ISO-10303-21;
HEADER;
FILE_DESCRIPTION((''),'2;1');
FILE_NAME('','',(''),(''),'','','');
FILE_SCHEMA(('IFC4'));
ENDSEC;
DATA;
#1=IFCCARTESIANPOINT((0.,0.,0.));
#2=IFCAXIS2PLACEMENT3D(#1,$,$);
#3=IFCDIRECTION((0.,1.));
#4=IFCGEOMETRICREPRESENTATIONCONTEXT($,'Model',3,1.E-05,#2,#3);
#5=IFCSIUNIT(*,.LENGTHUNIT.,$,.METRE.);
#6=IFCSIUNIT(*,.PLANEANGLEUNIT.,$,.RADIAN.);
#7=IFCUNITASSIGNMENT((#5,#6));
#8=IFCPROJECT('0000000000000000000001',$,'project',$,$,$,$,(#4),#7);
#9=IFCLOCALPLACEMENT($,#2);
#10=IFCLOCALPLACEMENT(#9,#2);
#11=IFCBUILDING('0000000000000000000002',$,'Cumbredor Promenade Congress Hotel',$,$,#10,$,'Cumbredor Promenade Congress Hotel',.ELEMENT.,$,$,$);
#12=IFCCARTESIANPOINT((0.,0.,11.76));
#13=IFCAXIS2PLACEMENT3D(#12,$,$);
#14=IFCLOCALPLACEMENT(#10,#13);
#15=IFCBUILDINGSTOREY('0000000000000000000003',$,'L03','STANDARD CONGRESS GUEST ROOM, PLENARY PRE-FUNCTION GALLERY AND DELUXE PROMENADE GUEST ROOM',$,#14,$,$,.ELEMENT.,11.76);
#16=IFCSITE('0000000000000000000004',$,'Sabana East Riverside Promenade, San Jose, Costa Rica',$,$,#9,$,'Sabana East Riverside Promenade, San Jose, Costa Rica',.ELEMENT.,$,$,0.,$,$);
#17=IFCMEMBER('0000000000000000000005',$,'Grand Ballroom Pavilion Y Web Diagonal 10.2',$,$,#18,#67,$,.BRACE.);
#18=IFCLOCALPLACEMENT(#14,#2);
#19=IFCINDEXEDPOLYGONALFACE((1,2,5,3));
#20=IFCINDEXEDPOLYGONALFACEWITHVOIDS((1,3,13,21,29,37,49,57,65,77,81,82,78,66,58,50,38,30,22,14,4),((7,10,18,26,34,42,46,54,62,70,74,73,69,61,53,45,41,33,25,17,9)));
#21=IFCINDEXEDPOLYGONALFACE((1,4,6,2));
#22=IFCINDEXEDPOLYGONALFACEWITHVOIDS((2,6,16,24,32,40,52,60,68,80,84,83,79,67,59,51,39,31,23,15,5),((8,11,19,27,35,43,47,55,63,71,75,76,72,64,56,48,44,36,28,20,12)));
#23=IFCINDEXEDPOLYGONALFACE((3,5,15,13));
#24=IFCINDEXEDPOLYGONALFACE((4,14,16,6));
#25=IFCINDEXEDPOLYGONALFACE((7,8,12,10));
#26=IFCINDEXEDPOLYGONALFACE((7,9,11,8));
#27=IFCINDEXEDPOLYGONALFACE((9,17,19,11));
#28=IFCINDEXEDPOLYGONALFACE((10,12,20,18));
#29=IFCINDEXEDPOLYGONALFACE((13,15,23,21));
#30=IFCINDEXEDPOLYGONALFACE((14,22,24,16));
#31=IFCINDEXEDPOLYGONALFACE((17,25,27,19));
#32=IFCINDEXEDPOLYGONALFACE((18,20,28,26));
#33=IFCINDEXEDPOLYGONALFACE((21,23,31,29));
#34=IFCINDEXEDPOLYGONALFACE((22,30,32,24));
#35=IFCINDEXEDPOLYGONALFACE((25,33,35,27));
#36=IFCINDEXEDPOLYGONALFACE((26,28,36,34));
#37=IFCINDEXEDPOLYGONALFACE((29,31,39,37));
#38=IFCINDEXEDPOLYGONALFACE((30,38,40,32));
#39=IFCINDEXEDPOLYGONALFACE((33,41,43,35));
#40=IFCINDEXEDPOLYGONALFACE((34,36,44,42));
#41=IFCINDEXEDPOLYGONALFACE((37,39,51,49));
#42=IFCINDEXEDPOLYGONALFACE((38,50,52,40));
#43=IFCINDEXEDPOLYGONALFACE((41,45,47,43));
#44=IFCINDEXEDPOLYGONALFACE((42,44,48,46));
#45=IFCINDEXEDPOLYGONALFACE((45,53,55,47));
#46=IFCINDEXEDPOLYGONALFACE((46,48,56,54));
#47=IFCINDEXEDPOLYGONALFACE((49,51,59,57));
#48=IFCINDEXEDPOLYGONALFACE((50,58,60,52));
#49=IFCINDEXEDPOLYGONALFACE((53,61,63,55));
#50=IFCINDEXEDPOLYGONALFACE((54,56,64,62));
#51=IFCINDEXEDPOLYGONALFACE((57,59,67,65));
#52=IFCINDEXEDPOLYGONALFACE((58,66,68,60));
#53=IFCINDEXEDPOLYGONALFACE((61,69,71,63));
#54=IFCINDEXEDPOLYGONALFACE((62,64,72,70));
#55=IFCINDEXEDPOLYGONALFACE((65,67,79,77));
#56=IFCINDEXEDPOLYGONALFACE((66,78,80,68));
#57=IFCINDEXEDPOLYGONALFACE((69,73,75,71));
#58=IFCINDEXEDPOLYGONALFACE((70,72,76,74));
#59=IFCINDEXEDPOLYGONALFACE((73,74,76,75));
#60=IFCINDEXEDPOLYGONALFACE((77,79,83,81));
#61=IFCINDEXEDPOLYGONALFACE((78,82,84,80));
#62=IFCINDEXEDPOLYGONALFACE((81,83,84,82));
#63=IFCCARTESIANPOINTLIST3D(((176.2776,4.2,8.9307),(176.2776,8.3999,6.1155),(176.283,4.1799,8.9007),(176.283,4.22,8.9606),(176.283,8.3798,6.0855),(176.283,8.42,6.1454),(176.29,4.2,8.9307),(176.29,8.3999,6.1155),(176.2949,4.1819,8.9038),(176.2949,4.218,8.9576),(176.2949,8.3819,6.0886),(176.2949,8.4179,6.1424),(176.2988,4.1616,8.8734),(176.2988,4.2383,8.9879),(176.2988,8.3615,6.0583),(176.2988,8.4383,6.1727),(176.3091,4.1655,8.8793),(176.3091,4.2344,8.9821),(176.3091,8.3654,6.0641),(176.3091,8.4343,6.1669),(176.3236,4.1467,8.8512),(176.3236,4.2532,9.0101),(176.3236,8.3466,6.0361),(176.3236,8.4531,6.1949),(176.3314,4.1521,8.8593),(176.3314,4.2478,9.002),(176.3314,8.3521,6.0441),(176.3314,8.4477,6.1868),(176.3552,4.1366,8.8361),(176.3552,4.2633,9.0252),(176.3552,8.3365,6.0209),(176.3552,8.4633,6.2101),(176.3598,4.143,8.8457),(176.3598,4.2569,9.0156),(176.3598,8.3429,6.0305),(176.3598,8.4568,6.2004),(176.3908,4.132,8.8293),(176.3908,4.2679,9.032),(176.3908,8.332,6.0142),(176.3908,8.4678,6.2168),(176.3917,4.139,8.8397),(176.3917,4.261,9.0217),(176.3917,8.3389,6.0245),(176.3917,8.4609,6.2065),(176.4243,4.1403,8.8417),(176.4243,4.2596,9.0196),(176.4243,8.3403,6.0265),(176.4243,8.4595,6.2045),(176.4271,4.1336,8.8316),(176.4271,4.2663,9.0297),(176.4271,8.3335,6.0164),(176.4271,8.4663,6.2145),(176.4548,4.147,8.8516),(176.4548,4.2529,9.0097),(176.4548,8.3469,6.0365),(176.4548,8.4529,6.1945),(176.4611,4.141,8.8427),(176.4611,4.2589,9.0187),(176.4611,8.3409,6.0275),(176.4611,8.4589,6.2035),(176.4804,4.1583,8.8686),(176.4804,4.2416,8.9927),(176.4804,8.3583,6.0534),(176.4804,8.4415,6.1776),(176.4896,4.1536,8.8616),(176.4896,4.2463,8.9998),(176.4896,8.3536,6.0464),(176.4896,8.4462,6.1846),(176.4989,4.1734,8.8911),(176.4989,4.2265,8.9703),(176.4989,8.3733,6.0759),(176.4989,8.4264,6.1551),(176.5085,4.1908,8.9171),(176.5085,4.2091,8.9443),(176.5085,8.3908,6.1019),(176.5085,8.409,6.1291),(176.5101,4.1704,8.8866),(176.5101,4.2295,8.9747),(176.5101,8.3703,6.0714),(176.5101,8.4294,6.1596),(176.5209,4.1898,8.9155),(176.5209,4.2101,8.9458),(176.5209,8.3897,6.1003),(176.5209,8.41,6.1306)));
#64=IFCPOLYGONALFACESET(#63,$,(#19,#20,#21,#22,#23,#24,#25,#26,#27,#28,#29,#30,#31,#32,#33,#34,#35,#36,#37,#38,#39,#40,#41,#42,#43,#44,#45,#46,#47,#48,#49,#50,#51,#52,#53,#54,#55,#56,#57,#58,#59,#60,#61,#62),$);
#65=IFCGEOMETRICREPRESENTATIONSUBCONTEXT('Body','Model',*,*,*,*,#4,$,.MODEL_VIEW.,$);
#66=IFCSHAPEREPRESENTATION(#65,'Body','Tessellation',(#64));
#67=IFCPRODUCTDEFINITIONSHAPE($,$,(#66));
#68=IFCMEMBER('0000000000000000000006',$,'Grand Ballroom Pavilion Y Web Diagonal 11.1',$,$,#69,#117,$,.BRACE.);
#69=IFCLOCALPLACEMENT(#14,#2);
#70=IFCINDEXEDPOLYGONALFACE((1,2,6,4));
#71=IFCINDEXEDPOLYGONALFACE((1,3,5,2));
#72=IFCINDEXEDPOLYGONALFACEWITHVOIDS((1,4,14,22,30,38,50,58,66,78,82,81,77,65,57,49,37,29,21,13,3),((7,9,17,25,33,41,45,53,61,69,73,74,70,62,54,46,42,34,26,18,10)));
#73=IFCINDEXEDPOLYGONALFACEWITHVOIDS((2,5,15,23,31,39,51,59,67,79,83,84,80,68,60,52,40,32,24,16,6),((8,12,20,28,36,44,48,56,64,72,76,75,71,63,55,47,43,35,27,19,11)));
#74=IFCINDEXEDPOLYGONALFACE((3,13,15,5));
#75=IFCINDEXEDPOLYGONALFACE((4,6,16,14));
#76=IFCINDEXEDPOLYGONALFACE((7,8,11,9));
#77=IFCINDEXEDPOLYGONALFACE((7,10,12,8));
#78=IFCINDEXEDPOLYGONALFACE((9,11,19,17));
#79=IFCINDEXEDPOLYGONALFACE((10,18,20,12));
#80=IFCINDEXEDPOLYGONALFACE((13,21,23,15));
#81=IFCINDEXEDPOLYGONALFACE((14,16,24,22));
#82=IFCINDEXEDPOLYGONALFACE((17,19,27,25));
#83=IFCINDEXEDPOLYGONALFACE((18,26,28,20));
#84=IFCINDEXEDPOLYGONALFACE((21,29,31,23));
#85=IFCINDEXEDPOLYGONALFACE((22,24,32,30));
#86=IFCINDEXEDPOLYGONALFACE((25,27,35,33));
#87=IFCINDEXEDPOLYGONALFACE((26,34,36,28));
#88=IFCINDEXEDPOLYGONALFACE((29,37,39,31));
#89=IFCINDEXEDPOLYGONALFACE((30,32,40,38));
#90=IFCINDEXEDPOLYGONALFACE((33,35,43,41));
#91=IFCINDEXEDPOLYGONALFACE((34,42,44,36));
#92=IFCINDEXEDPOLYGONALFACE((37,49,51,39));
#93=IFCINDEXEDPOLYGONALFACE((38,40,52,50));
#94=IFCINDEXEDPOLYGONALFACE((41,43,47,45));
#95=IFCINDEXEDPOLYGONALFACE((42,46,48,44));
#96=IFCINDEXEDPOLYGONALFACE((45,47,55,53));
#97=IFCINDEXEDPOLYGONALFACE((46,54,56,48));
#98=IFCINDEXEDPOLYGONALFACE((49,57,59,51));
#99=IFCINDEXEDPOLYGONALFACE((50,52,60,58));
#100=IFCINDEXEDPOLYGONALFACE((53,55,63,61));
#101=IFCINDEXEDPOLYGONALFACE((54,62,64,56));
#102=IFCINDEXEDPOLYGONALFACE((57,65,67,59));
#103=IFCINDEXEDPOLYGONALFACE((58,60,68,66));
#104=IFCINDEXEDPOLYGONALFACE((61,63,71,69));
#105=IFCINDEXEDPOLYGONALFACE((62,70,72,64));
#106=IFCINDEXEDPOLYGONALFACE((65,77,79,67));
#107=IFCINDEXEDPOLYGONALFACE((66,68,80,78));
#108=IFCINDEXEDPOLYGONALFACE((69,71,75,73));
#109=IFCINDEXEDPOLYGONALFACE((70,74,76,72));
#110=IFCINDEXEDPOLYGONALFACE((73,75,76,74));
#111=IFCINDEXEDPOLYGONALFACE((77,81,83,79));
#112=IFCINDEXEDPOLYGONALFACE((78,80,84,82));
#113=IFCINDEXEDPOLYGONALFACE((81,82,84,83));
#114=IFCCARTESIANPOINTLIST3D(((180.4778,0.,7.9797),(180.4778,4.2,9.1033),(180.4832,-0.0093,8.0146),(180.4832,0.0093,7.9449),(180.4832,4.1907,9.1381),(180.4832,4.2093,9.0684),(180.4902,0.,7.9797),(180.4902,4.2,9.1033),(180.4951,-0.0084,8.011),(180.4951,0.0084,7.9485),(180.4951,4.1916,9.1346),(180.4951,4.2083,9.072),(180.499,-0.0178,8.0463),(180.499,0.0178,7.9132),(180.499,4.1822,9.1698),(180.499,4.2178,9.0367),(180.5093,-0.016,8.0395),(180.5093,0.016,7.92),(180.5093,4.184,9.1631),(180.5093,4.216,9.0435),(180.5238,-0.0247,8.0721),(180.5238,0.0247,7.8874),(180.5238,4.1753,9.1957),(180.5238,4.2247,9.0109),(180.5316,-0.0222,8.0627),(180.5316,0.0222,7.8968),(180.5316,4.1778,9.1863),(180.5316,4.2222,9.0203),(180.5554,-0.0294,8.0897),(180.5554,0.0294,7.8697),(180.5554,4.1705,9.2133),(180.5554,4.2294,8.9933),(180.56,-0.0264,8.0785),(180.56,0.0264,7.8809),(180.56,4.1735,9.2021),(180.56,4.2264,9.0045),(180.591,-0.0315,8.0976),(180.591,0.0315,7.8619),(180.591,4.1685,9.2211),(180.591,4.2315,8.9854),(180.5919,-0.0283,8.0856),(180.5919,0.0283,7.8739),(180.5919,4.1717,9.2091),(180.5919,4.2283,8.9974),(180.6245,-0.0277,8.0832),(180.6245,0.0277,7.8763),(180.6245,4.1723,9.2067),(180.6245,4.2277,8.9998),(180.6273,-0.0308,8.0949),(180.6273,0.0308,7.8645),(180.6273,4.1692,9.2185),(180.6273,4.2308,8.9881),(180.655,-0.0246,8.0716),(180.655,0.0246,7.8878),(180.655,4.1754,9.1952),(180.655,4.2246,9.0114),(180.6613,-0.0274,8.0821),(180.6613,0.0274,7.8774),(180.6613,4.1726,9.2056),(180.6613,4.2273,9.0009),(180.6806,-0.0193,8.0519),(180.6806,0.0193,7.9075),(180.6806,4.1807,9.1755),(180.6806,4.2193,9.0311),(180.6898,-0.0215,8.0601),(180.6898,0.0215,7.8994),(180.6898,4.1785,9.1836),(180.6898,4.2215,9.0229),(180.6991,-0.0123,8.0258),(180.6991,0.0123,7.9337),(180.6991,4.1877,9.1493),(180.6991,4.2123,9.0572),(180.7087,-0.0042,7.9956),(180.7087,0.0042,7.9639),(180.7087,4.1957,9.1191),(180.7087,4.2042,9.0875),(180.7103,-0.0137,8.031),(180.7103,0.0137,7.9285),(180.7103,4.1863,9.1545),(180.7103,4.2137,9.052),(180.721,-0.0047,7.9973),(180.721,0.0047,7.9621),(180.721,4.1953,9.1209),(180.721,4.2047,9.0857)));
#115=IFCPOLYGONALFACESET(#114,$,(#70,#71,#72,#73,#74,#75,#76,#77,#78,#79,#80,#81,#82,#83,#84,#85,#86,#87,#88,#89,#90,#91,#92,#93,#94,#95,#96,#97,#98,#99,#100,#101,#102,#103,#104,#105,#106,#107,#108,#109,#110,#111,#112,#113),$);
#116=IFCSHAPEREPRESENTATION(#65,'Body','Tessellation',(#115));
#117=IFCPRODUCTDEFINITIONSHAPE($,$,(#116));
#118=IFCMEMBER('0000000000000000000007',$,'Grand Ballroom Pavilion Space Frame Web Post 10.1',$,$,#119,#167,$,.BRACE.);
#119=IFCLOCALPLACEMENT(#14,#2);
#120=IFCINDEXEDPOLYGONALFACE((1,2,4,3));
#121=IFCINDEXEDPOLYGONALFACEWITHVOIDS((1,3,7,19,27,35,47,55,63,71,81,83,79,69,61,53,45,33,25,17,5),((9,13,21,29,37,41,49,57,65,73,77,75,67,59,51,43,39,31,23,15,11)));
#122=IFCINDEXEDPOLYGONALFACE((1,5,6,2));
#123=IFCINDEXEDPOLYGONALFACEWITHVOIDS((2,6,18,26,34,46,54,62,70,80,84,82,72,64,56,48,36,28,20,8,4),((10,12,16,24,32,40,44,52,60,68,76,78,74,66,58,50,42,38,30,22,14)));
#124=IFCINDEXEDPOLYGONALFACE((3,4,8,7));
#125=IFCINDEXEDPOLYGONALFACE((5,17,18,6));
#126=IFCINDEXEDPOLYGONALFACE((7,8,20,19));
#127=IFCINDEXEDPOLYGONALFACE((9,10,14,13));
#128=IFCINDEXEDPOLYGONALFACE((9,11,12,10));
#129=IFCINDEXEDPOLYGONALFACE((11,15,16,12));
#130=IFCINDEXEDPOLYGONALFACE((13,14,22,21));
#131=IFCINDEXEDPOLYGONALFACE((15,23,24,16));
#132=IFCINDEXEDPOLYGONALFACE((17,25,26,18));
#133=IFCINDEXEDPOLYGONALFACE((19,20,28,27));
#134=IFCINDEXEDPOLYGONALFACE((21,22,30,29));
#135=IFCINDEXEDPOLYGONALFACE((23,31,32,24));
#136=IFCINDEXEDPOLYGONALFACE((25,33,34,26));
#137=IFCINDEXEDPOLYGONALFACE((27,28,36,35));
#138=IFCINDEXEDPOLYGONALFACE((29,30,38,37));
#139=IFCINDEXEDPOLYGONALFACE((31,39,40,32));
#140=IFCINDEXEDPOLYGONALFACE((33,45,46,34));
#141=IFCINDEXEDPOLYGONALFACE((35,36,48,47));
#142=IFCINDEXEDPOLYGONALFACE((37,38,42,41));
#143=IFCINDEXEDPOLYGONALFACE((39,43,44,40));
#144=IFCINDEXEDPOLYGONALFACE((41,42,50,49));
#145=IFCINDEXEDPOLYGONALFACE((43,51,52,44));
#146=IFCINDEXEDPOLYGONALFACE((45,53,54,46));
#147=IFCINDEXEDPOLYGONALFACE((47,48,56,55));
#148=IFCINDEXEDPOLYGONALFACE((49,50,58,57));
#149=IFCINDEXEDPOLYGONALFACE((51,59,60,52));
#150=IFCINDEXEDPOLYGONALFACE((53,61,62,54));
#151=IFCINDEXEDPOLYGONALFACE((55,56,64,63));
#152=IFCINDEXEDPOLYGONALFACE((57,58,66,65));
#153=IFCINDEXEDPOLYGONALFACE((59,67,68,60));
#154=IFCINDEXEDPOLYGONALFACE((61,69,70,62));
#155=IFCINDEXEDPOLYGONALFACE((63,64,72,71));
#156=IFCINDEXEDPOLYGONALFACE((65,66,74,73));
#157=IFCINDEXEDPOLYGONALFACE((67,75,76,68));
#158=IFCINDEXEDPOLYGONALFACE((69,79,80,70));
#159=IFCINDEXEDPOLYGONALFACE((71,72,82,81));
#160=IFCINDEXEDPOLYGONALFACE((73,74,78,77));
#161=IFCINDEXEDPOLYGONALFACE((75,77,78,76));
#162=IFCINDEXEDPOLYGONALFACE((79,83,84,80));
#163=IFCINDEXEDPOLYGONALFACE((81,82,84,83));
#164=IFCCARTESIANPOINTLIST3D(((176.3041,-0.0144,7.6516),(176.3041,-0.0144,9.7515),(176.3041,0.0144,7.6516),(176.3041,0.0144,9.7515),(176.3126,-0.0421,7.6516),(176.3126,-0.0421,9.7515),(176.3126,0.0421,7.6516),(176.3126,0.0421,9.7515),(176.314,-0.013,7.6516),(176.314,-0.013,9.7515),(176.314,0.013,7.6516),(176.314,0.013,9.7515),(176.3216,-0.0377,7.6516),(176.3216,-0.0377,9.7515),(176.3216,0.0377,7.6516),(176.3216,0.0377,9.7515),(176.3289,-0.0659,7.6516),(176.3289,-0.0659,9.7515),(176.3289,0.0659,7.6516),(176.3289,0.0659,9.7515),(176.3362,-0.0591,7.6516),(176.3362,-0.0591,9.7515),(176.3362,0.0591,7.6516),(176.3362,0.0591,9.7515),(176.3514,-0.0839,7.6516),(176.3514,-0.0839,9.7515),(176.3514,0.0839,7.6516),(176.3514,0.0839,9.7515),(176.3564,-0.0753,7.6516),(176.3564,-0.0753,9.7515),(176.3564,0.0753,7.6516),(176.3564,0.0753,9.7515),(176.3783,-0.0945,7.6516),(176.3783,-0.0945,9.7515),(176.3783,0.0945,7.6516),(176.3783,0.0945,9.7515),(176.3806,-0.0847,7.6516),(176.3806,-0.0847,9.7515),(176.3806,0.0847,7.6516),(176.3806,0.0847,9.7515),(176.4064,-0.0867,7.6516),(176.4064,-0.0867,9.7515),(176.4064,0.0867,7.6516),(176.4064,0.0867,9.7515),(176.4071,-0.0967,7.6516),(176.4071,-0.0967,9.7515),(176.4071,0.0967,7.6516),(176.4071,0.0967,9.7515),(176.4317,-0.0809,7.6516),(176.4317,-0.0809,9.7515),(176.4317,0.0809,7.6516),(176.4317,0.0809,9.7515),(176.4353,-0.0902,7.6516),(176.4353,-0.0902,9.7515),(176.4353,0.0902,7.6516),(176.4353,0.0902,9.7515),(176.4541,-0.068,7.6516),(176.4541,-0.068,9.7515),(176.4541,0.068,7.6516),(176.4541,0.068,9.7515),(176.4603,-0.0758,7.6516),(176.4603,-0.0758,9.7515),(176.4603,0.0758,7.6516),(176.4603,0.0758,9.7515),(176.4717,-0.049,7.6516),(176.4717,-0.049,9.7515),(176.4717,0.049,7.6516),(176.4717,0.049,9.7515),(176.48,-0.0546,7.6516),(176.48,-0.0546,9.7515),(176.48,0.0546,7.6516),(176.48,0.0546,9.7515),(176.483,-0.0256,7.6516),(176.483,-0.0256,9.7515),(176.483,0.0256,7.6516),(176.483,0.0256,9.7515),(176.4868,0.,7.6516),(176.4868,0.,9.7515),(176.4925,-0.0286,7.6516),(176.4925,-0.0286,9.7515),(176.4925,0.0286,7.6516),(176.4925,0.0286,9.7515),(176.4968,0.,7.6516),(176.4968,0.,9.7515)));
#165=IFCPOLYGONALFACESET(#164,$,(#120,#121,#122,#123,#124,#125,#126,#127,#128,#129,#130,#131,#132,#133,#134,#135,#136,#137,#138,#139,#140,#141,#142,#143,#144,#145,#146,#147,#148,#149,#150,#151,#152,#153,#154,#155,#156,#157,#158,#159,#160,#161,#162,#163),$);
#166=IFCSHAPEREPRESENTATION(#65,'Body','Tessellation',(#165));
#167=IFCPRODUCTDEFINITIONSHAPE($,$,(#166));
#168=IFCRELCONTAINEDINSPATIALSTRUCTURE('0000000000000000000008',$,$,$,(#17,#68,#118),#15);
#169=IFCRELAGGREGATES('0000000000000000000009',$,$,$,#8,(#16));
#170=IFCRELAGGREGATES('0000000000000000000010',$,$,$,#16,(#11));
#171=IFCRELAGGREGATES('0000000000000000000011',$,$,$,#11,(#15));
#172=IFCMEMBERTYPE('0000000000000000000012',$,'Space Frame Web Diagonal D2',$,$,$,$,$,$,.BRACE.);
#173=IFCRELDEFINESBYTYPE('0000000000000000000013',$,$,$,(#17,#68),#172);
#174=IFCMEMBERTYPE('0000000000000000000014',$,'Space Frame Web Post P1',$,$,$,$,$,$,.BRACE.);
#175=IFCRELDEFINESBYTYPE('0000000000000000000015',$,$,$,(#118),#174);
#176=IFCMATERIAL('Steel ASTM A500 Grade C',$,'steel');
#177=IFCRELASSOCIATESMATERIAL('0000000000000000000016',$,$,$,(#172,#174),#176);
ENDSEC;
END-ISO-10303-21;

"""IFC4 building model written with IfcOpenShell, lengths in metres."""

from ifc_helpers import new_model, si_unit, direction, frame, origin, origin_2d, place, context, subcontext, project, spatial, hollow_circle, extrude, material, material_profile, profile_set, type_object, element, save


model = new_model("IFC4")

# Units and contexts
model_context = context("Model", 3, precision=1e-05, world=origin(), true_north=direction((0.0, 1.0)))
body_context = subcontext(model_context, "Body", "Model", "MODEL_VIEW")
ifc_project = project(units=[si_unit("LENGTHUNIT", "METRE"), si_unit("PLANEANGLEUNIT", "RADIAN")], contexts=[model_context])

# Site, building, storey
site_placement = place(None, origin())
site = spatial("IfcSite", under=ifc_project, at=site_placement, Name="Sabana East Riverside Promenade, San Jose, Costa Rica", LongName="Sabana East Riverside Promenade, San Jose, Costa Rica", CompositionType="ELEMENT", RefElevation=0.0)
building_placement = place(site_placement, origin())
building = spatial("IfcBuilding", under=site, at=building_placement, Name="Cumbredor Promenade Congress Hotel", LongName="Cumbredor Promenade Congress Hotel", CompositionType="ELEMENT")
storey_placement = place(building_placement, frame((0.0, 0.0, 11.76)))
storey = spatial("IfcBuildingStorey", under=building, at=storey_placement, Name="L03", Description="STANDARD CONGRESS GUEST ROOM, PLENARY PRE-FUNCTION GALLERY AND DELUXE PROMENADE GUEST ROOM", CompositionType="ELEMENT", Elevation=11.76)

# Shared definitions
ifc_material_1 = material(Name="Steel ASTM A500 Grade C", Category="steel")

# Members
ifc_material_profile_1 = material_profile(ifc_material_1, hollow_circle(Radius=0.1223, WallThickness=0.0125, at=origin_2d()), Name="CHS 244.5x12.5")
ifc_profile_set_1 = profile_set([ifc_material_profile_1], Name="Steel ASTM A500 Grade C")
member_type_1 = type_object("IfcMemberType", Name="Space Frame Web Diagonal D2", PredefinedType="BRACE", material=ifc_profile_set_1)
member_1_placement = place(storey_placement, frame((176.3999, 4.2, 8.9307), z_axis=(0.0, 0.830659, -0.556782), x_axis=(-1.0, 0.0, 0.0)))
element("IfcMember", 1, at=member_1_placement, inside=storey, type_object=member_type_1, Name="Grand Ballroom Pavilion Y Web Diagonal 10.2", PredefinedType="BRACE", context=body_context, shape_type="SweptSolid", body=[
    extrude(hollow_circle(Radius=0.1223, WallThickness=0.0125, at=origin_2d()), origin(), (0.0, 0.0, 1.0), 5.0562),
])
member_2_placement = place(storey_placement, frame((180.6001, 0.0, 7.9797), z_axis=(0.0, 0.966031, 0.258425), x_axis=(-1.0, 0.0, 0.0)))
element("IfcMember", 2, at=member_2_placement, inside=storey, type_object=member_type_1, Name="Grand Ballroom Pavilion Y Web Diagonal 11.1", PredefinedType="BRACE", context=body_context, shape_type="SweptSolid", body=[
    extrude(hollow_circle(Radius=0.1223, WallThickness=0.0125, at=origin_2d()), origin(), (0.0, 0.0, 1.0), 4.3477),
])
ifc_material_profile_2 = material_profile(ifc_material_1, hollow_circle(Radius=0.0969, WallThickness=0.01, at=origin_2d()), Name="CHS 193.7x10")
ifc_profile_set_2 = profile_set([ifc_material_profile_2], Name="Steel ASTM A500 Grade C")
member_type_2 = type_object("IfcMemberType", Name="Space Frame Web Post P1", PredefinedType="BRACE", material=ifc_profile_set_2)
for number, where, z_axis, x_axis, name in (
    (3, (176.3999, 0.0, 7.6516), (0.0, 0.0, 1.0), (1.0, 0.0, 0.0), "Grand Ballroom Pavilion Space Frame Web Post 10.1"),
):
    element("IfcMember", number, at=place(storey_placement, frame(where, z_axis=z_axis, x_axis=x_axis)), inside=storey, type_object=member_type_2, Name=name, PredefinedType="BRACE", context=body_context, shape_type="SweptSolid", body=[
        extrude(hollow_circle(Radius=0.0969, WallThickness=0.01, at=origin_2d()), origin(), (0.0, 0.0, 1.0), 2.0999),
    ])

save(model, "model.ifc")
